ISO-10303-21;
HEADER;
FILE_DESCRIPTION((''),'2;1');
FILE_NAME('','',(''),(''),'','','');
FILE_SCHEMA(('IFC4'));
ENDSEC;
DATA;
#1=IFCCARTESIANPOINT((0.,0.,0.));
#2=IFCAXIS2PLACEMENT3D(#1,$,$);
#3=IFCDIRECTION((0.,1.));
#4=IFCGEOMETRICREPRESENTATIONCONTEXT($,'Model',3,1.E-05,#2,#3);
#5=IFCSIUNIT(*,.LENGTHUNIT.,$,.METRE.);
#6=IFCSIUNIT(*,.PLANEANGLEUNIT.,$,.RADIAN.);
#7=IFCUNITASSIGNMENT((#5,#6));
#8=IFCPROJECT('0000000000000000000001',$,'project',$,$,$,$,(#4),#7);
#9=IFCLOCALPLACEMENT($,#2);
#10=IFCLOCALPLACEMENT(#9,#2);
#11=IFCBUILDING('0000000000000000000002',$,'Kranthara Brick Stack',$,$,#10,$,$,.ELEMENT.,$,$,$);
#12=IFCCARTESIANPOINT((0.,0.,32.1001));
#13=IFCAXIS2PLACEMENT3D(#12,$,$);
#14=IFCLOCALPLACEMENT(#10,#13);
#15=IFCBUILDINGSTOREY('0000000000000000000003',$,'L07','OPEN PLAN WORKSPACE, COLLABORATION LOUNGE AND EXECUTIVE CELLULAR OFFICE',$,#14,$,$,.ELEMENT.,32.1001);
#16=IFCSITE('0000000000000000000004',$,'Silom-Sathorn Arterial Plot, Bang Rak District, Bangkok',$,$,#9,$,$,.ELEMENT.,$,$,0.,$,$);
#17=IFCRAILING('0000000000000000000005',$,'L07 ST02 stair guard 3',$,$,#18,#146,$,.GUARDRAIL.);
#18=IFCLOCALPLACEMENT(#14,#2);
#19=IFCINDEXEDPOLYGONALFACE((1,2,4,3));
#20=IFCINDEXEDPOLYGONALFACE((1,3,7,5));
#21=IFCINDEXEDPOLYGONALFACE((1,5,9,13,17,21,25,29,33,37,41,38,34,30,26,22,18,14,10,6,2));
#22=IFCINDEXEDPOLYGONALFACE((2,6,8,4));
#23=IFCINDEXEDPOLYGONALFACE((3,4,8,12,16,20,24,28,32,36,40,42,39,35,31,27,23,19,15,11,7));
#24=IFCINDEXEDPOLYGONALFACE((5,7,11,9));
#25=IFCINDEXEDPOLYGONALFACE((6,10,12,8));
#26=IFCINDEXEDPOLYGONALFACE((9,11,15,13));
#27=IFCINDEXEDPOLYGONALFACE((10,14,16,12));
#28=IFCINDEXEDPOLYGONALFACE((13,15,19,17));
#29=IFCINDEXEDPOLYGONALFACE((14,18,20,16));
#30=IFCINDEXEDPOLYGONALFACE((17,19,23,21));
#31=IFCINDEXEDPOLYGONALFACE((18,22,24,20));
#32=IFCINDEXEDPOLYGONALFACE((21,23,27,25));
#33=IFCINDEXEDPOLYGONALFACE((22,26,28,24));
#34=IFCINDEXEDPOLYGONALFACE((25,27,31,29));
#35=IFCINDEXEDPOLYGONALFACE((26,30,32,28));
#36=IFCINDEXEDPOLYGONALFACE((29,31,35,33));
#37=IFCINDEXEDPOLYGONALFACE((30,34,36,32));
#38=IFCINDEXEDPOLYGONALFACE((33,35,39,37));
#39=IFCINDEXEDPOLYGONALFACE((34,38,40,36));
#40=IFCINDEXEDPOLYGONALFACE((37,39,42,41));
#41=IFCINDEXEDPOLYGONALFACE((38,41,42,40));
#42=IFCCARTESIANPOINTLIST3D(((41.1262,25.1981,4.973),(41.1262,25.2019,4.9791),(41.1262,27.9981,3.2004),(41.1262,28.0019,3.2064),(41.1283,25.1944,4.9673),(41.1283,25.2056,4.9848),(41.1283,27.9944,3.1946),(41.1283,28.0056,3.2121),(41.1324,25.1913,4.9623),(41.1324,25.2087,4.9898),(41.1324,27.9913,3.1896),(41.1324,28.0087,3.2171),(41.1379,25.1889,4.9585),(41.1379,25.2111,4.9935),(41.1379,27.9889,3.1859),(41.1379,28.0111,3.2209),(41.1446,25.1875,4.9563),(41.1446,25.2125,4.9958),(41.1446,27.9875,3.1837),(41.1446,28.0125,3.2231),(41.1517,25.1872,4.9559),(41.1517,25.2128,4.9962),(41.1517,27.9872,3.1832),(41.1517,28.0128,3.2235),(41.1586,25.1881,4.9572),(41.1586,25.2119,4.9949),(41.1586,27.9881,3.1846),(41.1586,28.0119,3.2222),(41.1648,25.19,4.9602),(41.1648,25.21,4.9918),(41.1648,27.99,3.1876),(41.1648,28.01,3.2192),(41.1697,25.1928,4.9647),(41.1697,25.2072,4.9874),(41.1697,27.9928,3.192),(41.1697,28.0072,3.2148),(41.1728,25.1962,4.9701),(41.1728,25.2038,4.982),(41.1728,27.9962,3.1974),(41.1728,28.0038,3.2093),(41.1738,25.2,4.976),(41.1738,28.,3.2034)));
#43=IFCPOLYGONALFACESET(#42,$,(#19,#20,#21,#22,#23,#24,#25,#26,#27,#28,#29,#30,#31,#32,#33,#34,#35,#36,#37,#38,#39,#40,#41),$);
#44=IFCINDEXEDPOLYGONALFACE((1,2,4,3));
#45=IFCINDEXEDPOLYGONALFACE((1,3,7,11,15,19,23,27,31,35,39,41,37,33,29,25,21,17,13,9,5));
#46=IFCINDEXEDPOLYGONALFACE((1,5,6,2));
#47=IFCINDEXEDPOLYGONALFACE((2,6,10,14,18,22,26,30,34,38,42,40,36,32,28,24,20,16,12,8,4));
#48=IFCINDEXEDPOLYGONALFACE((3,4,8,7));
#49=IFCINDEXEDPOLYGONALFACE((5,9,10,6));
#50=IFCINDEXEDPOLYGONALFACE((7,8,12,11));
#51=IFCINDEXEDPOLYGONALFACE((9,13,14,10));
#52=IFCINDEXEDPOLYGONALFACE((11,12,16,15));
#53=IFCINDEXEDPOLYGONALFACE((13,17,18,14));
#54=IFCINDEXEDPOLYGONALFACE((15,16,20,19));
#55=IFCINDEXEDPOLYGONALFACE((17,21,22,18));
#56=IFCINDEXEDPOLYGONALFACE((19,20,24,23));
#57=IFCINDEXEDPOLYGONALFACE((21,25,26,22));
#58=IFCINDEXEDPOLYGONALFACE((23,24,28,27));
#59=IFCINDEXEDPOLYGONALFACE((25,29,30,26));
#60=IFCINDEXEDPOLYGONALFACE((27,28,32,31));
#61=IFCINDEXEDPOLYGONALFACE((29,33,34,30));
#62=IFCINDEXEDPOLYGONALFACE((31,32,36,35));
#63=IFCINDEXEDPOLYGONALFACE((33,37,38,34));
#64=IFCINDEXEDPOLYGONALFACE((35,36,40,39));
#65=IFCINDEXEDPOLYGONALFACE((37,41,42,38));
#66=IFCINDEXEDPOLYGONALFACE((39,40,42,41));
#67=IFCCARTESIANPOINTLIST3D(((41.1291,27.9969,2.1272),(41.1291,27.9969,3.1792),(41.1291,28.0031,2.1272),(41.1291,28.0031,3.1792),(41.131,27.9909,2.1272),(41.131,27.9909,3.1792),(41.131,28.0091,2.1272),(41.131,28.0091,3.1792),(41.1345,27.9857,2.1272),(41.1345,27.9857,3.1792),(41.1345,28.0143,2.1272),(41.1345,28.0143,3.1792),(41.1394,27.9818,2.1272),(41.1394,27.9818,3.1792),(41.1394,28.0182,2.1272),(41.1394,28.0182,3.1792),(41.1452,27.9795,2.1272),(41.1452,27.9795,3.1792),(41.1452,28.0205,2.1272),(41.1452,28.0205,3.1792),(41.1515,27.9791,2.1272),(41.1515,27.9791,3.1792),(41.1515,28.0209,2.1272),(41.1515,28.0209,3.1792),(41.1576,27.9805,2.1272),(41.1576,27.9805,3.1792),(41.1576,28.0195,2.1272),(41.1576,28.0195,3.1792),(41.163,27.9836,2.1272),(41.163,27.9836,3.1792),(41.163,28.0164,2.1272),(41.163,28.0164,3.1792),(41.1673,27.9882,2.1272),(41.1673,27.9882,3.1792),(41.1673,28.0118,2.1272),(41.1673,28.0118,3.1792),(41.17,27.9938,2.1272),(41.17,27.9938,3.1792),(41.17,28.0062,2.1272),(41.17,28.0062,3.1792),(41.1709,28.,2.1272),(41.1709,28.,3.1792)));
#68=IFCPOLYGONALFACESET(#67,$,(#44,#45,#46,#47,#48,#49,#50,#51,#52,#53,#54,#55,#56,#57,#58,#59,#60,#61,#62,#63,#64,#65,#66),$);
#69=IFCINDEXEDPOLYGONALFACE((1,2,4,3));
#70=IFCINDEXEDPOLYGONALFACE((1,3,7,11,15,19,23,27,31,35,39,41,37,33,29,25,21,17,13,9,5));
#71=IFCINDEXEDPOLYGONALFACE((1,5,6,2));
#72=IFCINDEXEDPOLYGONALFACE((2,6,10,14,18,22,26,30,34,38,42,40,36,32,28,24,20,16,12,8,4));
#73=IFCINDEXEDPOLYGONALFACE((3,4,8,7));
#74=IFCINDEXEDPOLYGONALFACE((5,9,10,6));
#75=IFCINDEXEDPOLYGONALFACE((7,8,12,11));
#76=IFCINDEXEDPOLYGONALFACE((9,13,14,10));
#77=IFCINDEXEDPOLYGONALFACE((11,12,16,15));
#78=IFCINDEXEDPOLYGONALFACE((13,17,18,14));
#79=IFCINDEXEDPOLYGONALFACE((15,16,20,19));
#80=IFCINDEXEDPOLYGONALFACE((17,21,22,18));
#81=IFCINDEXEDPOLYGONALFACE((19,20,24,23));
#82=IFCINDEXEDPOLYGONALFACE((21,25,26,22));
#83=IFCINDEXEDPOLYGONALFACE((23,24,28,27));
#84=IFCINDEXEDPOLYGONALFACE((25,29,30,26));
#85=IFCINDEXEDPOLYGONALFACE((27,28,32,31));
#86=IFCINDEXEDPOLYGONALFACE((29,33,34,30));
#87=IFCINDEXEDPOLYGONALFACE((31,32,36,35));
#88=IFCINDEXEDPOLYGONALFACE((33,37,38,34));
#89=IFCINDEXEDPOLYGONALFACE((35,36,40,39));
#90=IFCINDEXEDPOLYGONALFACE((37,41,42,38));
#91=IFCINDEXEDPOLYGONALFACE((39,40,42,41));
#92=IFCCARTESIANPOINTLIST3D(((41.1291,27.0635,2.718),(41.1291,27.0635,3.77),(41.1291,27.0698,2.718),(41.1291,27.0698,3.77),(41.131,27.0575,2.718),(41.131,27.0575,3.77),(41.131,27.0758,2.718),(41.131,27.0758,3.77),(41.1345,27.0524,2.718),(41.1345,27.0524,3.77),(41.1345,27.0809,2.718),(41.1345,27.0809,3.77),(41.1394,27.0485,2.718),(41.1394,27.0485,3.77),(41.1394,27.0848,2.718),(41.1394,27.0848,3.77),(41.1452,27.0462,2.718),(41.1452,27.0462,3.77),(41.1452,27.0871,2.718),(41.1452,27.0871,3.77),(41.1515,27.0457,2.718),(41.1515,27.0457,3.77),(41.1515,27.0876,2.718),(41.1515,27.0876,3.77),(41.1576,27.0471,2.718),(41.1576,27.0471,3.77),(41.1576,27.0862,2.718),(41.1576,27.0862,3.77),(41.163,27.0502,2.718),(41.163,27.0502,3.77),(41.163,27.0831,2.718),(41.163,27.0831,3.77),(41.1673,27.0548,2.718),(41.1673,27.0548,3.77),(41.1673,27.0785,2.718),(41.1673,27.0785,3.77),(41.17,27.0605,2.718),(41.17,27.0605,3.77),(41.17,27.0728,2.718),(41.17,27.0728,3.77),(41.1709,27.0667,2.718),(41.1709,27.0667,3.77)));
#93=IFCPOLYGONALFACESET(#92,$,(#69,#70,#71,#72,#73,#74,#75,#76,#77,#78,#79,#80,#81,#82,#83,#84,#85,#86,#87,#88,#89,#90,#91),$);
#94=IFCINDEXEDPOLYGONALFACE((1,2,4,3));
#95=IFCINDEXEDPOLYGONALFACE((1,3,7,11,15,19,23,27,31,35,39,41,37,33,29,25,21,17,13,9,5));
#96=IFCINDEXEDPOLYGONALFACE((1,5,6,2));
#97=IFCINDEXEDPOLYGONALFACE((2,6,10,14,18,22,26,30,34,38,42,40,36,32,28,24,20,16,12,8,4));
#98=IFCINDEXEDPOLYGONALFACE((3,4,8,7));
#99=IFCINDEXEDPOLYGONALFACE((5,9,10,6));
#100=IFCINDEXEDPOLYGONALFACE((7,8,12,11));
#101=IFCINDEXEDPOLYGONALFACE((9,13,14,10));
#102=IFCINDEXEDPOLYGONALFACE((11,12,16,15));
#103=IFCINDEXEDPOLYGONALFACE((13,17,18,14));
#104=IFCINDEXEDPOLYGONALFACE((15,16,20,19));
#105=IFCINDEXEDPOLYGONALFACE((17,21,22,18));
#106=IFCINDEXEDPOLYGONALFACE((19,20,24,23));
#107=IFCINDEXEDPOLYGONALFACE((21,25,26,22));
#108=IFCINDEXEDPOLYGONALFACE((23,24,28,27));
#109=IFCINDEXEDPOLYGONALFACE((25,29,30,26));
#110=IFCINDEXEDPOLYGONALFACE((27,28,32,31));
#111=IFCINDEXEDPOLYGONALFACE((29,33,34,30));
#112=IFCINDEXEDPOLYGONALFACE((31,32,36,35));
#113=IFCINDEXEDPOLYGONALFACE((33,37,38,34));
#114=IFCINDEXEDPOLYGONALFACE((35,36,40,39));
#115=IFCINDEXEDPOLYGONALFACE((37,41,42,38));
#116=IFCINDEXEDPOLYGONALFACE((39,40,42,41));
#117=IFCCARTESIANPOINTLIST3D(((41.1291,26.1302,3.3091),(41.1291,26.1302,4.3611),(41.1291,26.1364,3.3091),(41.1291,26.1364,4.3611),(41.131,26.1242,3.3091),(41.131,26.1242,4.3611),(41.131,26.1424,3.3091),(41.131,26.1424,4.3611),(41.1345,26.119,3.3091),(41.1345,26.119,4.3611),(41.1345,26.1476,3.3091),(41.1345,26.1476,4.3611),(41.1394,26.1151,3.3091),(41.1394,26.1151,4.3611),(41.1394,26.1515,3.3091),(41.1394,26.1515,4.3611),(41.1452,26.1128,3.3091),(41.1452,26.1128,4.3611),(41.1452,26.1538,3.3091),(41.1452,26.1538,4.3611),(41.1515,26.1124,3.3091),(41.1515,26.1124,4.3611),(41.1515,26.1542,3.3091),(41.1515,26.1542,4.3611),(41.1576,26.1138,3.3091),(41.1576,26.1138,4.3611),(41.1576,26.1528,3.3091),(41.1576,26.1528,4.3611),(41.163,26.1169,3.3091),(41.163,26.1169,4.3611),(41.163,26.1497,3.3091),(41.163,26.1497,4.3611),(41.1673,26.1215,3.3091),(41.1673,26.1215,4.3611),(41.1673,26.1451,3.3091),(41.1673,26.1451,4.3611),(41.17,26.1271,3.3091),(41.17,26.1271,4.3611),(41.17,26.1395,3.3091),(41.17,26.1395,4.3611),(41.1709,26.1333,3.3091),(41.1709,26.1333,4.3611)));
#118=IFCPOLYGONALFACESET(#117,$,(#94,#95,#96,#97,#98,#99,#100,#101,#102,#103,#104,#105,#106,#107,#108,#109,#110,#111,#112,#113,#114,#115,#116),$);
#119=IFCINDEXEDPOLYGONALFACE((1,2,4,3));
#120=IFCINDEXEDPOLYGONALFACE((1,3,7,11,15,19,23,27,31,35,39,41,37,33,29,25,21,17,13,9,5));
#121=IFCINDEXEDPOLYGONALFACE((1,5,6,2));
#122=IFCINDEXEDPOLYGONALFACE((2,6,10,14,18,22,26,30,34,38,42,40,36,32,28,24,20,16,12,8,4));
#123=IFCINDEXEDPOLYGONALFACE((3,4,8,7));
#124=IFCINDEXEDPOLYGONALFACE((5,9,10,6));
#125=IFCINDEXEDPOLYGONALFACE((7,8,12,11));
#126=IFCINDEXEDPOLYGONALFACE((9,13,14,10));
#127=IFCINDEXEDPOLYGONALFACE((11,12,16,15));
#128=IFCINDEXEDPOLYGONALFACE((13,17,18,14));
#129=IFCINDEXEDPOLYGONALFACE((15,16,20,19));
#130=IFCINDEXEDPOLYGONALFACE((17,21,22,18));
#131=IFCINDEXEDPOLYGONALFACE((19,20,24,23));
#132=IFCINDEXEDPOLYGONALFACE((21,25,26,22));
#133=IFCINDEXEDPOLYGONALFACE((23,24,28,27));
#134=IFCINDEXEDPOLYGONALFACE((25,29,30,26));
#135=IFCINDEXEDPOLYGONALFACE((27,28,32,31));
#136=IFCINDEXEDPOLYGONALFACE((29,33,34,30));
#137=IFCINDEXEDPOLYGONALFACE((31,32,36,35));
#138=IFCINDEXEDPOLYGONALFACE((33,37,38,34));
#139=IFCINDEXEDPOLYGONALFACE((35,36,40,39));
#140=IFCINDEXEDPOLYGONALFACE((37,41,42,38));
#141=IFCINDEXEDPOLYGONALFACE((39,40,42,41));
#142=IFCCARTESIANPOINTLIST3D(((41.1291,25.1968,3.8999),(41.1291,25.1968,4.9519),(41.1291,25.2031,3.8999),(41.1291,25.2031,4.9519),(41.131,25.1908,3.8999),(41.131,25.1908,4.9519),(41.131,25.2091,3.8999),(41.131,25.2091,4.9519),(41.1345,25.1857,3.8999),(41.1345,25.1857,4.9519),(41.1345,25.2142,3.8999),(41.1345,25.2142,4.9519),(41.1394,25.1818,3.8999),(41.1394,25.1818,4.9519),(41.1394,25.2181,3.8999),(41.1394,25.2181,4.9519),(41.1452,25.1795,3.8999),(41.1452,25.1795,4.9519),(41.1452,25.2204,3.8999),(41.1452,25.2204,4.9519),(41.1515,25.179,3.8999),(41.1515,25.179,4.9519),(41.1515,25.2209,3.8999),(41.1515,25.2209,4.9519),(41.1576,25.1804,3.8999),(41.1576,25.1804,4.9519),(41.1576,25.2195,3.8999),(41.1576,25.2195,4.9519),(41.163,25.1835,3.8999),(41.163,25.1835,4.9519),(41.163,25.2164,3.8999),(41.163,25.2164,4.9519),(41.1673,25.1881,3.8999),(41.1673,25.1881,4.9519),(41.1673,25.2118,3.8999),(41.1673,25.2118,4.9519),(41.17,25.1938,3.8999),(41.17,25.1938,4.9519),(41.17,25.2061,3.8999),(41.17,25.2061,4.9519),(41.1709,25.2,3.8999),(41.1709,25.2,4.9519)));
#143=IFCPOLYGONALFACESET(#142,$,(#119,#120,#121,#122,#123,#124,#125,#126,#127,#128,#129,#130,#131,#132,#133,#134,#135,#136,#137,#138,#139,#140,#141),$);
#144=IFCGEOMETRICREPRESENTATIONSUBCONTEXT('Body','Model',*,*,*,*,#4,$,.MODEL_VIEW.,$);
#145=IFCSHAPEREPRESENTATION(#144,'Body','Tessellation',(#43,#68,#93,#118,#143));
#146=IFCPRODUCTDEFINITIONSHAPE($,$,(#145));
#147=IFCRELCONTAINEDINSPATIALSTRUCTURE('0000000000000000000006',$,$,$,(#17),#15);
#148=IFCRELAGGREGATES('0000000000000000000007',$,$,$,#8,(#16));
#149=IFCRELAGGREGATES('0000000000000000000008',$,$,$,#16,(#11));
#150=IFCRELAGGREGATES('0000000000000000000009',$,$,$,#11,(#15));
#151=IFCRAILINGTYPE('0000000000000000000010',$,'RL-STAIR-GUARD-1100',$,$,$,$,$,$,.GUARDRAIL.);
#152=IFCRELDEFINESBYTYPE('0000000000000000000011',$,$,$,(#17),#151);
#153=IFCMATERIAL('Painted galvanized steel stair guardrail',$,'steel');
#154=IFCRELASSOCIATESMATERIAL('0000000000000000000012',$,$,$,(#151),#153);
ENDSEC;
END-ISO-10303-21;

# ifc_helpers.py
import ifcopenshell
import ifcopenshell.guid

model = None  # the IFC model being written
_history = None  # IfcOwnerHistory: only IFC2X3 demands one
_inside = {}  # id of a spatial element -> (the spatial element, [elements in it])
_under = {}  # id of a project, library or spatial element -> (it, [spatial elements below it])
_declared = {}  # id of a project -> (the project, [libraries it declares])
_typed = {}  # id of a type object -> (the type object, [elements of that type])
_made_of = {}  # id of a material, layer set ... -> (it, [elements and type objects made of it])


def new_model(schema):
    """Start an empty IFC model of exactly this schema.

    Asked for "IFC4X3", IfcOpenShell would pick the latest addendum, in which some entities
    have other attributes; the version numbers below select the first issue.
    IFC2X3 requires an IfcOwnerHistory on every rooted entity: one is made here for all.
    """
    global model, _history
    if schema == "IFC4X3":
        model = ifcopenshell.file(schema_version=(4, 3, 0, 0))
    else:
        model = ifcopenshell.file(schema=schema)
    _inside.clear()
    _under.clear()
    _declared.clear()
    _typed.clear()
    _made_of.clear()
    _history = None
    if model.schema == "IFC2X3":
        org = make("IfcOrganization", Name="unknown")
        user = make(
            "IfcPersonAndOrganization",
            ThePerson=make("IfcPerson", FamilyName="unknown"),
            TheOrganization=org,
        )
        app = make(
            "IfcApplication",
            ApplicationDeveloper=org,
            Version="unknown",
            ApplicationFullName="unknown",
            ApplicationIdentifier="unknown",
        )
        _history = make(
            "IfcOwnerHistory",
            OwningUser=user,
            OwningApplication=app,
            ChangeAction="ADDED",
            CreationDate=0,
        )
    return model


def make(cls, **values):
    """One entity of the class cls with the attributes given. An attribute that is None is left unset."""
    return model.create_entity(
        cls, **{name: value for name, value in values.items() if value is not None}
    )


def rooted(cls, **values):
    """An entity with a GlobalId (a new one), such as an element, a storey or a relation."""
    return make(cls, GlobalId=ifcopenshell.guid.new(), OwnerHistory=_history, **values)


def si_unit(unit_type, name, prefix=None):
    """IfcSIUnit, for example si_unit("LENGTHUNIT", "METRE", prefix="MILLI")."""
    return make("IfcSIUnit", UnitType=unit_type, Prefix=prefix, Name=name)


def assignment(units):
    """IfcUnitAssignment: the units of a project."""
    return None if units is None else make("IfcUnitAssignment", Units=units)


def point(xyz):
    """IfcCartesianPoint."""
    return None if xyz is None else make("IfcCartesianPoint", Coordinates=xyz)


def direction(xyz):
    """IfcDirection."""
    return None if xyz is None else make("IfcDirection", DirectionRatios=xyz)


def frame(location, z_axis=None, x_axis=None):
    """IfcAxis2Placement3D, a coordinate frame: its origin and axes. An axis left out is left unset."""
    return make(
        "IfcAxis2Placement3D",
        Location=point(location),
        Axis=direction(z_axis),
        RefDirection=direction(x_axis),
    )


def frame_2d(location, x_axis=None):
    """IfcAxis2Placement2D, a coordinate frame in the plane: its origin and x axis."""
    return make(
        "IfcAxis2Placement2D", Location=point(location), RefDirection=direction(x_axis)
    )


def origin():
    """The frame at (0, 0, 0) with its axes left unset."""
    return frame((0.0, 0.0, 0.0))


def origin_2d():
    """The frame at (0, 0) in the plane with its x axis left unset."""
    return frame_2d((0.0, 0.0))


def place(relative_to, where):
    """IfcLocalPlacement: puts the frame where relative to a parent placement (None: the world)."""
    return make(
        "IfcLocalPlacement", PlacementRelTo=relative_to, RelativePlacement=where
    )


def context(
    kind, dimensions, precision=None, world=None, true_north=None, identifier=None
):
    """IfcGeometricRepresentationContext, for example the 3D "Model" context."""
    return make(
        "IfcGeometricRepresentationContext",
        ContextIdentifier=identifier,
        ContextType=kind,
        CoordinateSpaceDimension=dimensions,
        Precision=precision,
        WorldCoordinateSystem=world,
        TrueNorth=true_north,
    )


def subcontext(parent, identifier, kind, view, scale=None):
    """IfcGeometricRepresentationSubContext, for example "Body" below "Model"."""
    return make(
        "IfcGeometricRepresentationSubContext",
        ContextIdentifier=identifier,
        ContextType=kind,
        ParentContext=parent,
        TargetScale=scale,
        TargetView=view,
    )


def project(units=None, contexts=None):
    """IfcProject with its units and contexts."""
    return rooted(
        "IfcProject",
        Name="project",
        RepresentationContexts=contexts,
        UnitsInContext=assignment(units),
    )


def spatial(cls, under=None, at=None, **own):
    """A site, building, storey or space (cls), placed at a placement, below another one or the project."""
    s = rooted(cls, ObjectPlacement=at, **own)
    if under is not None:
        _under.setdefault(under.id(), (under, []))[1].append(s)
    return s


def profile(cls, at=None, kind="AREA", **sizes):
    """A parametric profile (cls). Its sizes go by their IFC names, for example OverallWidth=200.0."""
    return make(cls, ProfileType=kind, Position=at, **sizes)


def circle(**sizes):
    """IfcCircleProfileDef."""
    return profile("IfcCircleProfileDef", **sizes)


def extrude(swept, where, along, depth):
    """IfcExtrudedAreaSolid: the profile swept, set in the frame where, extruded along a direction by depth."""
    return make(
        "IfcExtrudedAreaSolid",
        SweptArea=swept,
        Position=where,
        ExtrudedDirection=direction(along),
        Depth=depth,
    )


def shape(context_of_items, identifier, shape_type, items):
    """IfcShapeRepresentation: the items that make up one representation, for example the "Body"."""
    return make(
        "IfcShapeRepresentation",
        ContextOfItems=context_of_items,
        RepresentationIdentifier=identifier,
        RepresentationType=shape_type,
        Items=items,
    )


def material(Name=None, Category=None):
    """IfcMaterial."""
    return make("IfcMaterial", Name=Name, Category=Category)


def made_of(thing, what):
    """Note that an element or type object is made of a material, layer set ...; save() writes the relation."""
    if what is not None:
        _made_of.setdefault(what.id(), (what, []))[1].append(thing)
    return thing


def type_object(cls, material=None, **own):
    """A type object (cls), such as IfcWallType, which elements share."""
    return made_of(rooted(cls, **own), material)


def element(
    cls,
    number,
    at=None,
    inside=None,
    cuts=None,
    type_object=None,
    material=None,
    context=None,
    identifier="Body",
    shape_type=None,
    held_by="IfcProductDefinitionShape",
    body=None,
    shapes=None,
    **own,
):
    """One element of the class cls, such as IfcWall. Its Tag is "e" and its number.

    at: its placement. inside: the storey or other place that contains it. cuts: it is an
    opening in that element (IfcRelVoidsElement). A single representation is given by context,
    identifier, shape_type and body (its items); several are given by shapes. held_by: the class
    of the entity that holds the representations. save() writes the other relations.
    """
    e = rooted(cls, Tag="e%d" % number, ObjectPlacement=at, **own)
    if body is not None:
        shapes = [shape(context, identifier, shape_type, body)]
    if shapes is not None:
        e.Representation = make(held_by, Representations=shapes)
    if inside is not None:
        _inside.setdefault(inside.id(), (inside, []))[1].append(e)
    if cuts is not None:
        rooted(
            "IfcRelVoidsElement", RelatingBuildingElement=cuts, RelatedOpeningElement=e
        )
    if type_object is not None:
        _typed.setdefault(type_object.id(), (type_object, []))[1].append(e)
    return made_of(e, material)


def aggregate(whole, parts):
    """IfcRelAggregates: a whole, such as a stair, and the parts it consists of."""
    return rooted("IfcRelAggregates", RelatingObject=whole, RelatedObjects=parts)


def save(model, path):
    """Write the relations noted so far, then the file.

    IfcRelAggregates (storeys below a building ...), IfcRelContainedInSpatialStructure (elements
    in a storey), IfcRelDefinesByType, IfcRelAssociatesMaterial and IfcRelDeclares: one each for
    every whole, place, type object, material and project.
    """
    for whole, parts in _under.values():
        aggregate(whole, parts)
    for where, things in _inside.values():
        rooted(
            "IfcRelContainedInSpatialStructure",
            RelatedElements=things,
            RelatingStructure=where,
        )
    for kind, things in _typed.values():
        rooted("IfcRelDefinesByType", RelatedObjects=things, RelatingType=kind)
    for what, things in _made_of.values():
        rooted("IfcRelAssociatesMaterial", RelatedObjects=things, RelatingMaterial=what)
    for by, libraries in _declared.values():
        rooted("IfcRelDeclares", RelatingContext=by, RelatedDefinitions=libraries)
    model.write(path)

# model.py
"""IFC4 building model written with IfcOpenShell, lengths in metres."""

from ifc_helpers import new_model, si_unit, direction, frame, origin, origin_2d, place, context, subcontext, project, spatial, circle, extrude, material, type_object, element, save


model = new_model("IFC4")

# Units and contexts
model_context = context("Model", 3, precision=1e-05, world=origin(), true_north=direction((0.0, 1.0)))
body_context = subcontext(model_context, "Body", "Model", "MODEL_VIEW")
ifc_project = project(units=[si_unit("LENGTHUNIT", "METRE"), si_unit("PLANEANGLEUNIT", "RADIAN")], contexts=[model_context])

# Site, building, storey
site_placement = place(None, origin())
site = spatial("IfcSite", under=ifc_project, at=site_placement, Name="Silom-Sathorn Arterial Plot, Bang Rak District, Bangkok", CompositionType="ELEMENT", RefElevation=0.0)
building_placement = place(site_placement, origin())
building = spatial("IfcBuilding", under=site, at=building_placement, Name="Kranthara Brick Stack", CompositionType="ELEMENT")
storey_placement = place(building_placement, frame((0.0, 0.0, 32.1001)))
storey = spatial("IfcBuildingStorey", under=building, at=storey_placement, Name="L07", Description="OPEN PLAN WORKSPACE, COLLABORATION LOUNGE AND EXECUTIVE CELLULAR OFFICE", CompositionType="ELEMENT", Elevation=32.1001)

# Railing
ifc_material_1 = material(Name="Painted galvanized steel stair guardrail", Category="steel")
railing_type_1 = type_object("IfcRailingType", Name="RL-STAIR-GUARD-1100", PredefinedType="GUARDRAIL", material=ifc_material_1)
railing_1_placement = place(storey_placement, frame((41.1499, 28.0, 2.1272)))
element("IfcRailing", 1, at=railing_1_placement, inside=storey, type_object=railing_type_1, Name="L07 ST02 stair guard 3", PredefinedType="GUARDRAIL", context=body_context, shape_type="SweptSolid", body=[
    extrude(circle(Radius=0.0239, at=origin_2d()), frame((0.0, 0.0, 1.0762), z_axis=(0.0, -0.844909, 0.53491), x_axis=(1.0, 0.0, 0.0)), (0.0, 0.0, 1.0), 3.314),
    extrude(circle(Radius=0.021, at=origin_2d()), origin(), (0.0, 0.0, 1.0), 1.052),
    extrude(circle(Radius=0.021, at=origin_2d()), frame((0.0, -0.9333, 0.5908)), (0.0, 0.0, 1.0), 1.052),
    extrude(circle(Radius=0.021, at=origin_2d()), frame((0.0, -1.8667, 1.1819)), (0.0, 0.0, 1.0), 1.052),
    extrude(circle(Radius=0.021, at=origin_2d()), frame((0.0, -2.8, 1.7727)), (0.0, 0.0, 1.0), 1.052),
])

save(model, "model.ifc")
